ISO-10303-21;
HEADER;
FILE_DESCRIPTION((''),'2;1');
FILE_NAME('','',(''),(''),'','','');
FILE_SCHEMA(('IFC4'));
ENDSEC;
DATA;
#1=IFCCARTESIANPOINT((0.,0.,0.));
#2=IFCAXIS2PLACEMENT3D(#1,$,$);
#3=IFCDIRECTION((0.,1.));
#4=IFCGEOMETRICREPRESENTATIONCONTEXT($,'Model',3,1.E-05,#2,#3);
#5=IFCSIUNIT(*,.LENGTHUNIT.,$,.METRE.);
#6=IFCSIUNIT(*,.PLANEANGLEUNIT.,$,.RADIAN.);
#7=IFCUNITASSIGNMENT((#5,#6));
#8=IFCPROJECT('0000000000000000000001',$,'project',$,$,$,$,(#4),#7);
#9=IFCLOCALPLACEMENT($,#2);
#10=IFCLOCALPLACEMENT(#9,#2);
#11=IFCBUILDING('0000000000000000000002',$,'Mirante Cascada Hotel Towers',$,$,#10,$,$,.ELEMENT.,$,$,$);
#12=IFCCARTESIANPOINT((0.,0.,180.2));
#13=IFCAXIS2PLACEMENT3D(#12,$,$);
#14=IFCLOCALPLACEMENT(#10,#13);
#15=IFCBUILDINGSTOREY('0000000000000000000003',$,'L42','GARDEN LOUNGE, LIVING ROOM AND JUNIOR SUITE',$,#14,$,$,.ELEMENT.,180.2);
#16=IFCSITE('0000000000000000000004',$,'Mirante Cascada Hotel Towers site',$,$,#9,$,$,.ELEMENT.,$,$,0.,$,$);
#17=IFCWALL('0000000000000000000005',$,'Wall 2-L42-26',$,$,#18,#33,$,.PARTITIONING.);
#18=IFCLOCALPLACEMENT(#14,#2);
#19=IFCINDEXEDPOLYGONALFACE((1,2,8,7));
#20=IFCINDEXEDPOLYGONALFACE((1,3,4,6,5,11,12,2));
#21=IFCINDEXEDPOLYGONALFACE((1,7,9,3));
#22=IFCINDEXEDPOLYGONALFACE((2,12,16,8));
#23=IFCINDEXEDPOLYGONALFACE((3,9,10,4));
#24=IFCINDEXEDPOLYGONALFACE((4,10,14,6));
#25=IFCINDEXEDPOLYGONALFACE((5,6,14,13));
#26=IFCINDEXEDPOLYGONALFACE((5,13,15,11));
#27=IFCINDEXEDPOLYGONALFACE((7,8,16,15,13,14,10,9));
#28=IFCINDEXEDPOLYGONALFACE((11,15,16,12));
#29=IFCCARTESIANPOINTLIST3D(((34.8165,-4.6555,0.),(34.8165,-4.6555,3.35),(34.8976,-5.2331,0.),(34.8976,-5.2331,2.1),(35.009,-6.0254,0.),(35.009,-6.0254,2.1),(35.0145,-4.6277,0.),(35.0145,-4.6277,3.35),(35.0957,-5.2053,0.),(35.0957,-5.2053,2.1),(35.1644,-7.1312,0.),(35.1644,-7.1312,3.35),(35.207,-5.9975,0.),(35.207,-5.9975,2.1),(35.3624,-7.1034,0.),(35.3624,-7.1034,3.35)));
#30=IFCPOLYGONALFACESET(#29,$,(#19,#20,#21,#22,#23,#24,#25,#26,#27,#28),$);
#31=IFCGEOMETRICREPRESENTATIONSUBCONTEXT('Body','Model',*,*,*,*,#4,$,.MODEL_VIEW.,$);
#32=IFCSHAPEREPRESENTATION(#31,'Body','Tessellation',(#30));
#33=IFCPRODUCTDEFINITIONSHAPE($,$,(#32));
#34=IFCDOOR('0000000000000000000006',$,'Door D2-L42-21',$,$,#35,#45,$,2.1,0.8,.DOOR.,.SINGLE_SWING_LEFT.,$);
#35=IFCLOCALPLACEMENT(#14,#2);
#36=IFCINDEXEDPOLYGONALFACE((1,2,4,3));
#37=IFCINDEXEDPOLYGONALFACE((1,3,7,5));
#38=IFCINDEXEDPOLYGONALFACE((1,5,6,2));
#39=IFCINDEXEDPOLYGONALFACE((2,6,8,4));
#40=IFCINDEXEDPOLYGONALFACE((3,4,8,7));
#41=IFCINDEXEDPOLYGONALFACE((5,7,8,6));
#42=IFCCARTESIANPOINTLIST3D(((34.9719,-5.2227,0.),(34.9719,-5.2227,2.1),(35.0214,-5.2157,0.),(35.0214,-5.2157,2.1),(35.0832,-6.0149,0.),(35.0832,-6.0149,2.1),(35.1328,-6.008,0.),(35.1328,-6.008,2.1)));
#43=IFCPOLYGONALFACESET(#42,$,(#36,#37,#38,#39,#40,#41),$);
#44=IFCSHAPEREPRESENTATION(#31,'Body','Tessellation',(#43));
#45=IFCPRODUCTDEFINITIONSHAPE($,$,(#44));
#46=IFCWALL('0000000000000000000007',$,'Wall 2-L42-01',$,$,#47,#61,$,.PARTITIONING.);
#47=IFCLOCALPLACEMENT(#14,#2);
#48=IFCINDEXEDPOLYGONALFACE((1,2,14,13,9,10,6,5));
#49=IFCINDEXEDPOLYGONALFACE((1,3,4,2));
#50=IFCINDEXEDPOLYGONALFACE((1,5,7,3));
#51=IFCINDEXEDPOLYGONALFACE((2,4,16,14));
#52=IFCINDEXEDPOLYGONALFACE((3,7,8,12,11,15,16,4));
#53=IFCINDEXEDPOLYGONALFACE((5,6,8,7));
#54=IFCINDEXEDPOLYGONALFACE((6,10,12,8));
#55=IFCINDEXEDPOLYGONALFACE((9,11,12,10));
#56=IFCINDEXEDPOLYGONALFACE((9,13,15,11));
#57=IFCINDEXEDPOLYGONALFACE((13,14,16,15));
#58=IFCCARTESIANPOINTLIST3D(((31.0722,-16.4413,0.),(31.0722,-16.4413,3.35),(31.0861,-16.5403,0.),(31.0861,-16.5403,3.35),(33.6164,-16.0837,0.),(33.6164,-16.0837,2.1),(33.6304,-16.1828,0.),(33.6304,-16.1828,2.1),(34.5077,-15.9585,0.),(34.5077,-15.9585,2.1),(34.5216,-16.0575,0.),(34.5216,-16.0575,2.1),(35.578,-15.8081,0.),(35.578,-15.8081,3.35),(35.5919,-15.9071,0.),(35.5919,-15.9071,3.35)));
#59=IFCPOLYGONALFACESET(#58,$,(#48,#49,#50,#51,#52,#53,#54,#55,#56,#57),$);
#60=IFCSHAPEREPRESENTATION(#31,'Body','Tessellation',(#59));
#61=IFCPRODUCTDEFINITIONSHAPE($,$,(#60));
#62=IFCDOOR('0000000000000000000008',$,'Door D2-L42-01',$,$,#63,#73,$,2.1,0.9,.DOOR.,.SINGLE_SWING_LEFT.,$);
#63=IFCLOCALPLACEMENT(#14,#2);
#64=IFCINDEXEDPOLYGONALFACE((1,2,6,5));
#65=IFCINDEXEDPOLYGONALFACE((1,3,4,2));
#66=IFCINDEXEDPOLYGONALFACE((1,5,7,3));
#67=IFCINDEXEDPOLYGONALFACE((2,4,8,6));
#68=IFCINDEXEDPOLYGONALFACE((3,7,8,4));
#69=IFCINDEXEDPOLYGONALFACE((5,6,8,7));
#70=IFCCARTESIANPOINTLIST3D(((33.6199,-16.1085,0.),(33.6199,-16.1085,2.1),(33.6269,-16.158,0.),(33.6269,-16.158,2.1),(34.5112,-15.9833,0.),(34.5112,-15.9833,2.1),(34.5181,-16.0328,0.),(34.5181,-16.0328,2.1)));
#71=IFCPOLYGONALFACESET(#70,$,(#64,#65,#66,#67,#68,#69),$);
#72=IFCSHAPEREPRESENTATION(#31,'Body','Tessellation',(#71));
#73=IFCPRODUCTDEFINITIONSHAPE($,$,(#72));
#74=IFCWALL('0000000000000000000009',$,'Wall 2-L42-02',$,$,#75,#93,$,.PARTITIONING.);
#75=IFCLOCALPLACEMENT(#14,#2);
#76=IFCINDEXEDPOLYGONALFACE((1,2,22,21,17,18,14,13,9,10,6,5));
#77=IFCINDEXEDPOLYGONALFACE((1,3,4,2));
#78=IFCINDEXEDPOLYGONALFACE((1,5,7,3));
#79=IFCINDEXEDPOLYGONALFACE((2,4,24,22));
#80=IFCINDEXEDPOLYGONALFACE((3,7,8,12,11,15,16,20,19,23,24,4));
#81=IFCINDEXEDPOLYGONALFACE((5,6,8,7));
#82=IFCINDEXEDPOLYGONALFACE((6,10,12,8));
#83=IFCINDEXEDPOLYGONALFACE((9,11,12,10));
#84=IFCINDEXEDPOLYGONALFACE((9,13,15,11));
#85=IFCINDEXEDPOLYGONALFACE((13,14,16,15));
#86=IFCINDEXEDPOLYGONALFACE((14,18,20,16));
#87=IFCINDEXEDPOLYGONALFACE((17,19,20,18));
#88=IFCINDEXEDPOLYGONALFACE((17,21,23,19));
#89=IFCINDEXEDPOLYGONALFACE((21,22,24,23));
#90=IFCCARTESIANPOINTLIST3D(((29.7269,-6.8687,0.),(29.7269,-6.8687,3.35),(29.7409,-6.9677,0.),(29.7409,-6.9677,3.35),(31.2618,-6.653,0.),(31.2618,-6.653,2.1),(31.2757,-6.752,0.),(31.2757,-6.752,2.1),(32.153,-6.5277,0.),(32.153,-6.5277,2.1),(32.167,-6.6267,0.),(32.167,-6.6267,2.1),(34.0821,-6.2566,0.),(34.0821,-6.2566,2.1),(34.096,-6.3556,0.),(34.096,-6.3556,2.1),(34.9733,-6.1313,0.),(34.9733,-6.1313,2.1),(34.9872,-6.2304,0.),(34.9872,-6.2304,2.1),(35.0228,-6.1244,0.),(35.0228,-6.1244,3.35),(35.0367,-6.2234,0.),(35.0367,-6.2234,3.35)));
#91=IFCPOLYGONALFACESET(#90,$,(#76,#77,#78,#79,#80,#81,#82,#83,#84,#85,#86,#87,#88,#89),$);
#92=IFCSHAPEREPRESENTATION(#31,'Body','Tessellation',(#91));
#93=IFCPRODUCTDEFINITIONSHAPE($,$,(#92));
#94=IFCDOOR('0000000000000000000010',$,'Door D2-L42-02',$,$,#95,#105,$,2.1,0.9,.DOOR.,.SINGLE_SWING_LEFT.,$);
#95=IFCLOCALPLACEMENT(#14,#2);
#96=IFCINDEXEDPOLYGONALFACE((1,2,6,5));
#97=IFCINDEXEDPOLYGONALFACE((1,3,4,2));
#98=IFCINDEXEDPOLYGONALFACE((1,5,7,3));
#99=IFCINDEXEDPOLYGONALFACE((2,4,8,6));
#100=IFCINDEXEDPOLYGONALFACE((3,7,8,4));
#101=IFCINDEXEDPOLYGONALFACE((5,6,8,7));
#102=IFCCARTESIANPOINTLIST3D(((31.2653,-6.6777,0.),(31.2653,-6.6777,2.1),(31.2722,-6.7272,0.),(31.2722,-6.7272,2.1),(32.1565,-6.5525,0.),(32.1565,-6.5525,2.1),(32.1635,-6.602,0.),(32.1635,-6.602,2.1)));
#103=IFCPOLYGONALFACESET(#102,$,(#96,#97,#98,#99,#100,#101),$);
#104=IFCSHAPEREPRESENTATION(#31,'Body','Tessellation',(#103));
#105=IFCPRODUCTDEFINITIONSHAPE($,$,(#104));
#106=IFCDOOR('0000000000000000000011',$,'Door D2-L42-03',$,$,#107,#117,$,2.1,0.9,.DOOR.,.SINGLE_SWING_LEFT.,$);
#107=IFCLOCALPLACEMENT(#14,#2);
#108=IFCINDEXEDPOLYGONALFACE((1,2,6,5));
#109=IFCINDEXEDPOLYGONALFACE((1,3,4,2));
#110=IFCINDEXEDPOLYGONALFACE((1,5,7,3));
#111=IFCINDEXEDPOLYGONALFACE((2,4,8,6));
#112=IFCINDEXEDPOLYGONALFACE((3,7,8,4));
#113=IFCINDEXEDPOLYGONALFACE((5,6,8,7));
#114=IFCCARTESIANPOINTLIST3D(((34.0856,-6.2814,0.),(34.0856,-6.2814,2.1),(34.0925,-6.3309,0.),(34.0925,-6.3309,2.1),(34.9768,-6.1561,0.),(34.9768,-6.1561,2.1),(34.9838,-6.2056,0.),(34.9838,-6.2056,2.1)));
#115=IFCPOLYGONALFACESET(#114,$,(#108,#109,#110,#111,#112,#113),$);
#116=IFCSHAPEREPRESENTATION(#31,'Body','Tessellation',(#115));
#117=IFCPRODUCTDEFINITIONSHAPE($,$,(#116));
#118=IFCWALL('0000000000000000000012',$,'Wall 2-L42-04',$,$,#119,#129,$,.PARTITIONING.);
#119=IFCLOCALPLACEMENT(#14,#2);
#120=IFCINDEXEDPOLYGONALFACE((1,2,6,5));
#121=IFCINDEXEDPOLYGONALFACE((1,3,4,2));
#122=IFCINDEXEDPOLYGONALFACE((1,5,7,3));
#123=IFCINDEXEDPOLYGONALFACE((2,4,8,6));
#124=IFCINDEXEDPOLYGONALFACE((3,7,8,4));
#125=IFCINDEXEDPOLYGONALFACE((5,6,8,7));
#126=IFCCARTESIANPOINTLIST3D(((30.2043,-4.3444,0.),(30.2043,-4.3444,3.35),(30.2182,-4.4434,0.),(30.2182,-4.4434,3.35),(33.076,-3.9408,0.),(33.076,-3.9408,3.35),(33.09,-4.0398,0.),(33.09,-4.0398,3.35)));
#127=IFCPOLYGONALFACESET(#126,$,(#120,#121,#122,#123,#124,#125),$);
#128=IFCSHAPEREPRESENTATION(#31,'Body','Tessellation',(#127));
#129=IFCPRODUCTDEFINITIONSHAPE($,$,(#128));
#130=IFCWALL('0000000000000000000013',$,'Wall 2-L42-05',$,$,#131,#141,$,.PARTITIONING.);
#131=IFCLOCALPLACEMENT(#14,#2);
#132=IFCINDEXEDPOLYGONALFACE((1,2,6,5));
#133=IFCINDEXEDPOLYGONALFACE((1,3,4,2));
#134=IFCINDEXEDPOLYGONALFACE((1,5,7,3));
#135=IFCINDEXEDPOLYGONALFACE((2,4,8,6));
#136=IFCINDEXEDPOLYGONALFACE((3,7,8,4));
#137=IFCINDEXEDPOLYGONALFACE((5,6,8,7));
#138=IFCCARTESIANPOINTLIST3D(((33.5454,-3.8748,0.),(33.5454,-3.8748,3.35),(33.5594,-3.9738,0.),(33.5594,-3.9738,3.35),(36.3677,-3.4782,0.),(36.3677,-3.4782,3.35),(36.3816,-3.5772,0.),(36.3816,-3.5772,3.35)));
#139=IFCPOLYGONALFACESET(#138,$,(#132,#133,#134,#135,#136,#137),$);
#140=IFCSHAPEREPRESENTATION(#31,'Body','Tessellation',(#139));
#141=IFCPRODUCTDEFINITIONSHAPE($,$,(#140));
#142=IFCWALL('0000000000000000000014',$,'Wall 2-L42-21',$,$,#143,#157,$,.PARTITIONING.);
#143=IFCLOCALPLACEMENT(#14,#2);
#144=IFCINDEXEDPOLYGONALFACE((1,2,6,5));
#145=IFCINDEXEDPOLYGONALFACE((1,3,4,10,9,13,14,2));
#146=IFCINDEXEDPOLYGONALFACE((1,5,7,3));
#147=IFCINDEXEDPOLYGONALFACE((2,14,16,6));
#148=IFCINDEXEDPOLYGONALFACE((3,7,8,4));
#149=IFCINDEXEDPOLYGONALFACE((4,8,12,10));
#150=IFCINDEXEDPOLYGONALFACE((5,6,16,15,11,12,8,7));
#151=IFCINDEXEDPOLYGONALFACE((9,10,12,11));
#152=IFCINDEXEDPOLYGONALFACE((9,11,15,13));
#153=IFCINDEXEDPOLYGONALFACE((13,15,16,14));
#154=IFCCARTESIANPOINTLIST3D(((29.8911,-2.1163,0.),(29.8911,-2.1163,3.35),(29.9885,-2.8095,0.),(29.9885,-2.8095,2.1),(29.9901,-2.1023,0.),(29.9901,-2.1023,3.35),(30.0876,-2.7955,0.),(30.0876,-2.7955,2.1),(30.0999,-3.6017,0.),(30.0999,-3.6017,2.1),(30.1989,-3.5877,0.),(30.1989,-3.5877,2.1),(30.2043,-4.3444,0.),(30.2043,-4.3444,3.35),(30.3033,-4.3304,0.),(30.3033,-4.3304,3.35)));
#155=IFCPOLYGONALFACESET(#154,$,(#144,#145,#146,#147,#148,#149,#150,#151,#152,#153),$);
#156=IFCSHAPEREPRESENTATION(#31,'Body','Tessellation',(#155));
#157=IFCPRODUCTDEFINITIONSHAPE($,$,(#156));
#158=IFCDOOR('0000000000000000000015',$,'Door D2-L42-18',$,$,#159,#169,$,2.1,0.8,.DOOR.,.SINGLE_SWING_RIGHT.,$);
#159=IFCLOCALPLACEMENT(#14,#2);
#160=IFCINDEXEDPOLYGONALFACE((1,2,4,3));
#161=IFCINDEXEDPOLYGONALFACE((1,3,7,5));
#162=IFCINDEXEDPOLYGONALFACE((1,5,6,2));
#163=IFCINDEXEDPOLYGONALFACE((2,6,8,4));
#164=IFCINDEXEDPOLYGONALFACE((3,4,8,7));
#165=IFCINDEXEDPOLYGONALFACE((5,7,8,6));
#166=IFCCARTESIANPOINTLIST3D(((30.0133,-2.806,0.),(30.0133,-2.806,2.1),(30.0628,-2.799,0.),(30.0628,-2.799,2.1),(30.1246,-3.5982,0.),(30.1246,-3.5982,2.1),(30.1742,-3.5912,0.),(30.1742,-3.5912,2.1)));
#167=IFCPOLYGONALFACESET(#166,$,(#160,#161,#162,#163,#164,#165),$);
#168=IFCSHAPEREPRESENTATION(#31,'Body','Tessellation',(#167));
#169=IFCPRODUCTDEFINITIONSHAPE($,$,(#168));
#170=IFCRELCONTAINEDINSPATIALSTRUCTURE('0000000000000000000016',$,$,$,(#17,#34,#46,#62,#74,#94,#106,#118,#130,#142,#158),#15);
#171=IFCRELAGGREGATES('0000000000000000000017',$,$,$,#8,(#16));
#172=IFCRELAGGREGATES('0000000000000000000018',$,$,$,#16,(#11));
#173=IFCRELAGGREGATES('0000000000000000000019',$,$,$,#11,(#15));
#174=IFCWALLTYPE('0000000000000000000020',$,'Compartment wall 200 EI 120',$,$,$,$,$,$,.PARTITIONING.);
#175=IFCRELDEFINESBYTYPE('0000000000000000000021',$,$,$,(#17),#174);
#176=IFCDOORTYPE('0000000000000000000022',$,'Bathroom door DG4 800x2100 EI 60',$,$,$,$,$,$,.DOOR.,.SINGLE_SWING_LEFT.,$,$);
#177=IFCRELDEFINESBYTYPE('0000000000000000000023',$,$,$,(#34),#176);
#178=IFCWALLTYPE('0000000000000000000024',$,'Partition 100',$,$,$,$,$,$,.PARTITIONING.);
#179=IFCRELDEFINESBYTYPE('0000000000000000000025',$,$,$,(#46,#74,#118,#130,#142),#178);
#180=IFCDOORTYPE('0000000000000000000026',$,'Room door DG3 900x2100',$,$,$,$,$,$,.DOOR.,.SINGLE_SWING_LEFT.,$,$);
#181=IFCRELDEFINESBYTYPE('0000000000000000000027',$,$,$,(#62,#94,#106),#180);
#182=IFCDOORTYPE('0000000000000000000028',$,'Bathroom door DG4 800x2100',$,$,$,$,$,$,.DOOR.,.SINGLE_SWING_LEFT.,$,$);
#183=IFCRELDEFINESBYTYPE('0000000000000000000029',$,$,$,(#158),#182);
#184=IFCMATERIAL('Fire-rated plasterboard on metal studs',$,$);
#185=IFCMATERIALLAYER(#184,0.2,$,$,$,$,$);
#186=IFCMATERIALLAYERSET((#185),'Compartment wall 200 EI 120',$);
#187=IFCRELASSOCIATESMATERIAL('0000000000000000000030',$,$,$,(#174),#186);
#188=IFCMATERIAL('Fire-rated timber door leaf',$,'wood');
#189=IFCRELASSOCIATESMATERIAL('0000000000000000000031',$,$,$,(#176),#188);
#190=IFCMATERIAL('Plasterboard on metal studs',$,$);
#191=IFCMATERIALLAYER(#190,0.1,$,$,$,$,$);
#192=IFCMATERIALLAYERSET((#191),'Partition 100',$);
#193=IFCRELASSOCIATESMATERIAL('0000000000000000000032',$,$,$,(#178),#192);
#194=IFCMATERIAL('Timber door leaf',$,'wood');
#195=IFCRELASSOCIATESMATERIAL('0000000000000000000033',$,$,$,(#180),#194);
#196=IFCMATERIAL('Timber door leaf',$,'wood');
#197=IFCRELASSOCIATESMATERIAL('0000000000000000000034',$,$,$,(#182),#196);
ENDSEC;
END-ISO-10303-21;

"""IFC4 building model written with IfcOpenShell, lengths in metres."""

from ifc_helpers import new_model, si_unit, direction, frame, frame_2d, origin, place, context, subcontext, project, spatial, rectangle, extrude, material, layer, layer_set, type_object, element, fill, save


model = new_model("IFC4")

# Units and contexts
model_context = context("Model", 3, precision=1e-05, world=origin(), true_north=direction((0.0, 1.0)))
body_context = subcontext(model_context, "Body", "Model", "MODEL_VIEW")
ifc_project = project(units=[si_unit("LENGTHUNIT", "METRE"), si_unit("PLANEANGLEUNIT", "RADIAN")], contexts=[model_context])

# Site, building, storey
site_placement = place(None, origin())
site = spatial("IfcSite", under=ifc_project, at=site_placement, Name="Mirante Cascada Hotel Towers site", CompositionType="ELEMENT", RefElevation=0.0)
building_placement = place(site_placement, origin())
building = spatial("IfcBuilding", under=site, at=building_placement, Name="Mirante Cascada Hotel Towers", CompositionType="ELEMENT")
storey_placement = place(building_placement, frame((0.0, 0.0, 180.2)))
storey = spatial("IfcBuildingStorey", under=building, at=storey_placement, Name="L42", Description="GARDEN LOUNGE, LIVING ROOM AND JUNIOR SUITE", CompositionType="ELEMENT", Elevation=180.2)

# Shared definitions
ifc_material_1 = material(Name="Fire-rated plasterboard on metal studs")
ifc_layer_1 = layer(ifc_material_1, 0.2)
ifc_layer_set_1 = layer_set([ifc_layer_1], Name="Compartment wall 200 EI 120")
wall_type_1 = type_object("IfcWallType", Name="Compartment wall 200 EI 120", PredefinedType="PARTITIONING", material=ifc_layer_set_1)

# Walls, openings, doors
wall_1_placement = place(storey_placement, frame((34.9155, -4.6416, 0.0), z_axis=(0.0, 0.0, 1.0), x_axis=(0.139159, -0.99027, 0.0)))
wall_1 = element("IfcWall", 1, at=wall_1_placement, inside=storey, type_object=wall_type_1, Name="Wall 2-L42-26", PredefinedType="PARTITIONING", context=body_context, shape_type="SweptSolid", body=[
    extrude(rectangle(XDim=2.5, YDim=0.2, at=frame_2d((1.25, 0.0))), origin(), (0.0, 0.0, 1.0), 3.35),
])
opening_1_placement = place(wall_1_placement, frame((0.5833, 0.0, 0.0)))
opening_1 = element("IfcOpeningElement", 2, at=opening_1_placement, cuts=wall_1, PredefinedType="OPENING", context=body_context, shape_type="SweptSolid", body=[
    extrude(rectangle(XDim=0.8, YDim=2.1, at=frame_2d((0.4, 1.05))), frame((0.0, 0.1, 0.0), z_axis=(0.0, -1.0, 0.0), x_axis=(1.0, 0.0, 0.0)), (0.0, 0.0, 1.0), 0.2),
])
ifc_material_2 = material(Name="Fire-rated timber door leaf", Category="wood")
door_type_1 = type_object("IfcDoorType", Name="Bathroom door DG4 800x2100 EI 60", OperationType="SINGLE_SWING_LEFT", PredefinedType="DOOR", material=ifc_material_2)
door_1_placement = place(opening_1_placement, origin())
door_1 = element("IfcDoor", 3, at=door_1_placement, inside=storey, type_object=door_type_1, Name="Door D2-L42-21", OperationType="SINGLE_SWING_LEFT", OverallHeight=2.1, OverallWidth=0.8, PredefinedType="DOOR", context=body_context, shape_type="SweptSolid", body=[
    extrude(rectangle(XDim=0.8, YDim=2.1, at=frame_2d((0.4, 1.05))), frame((0.0, 0.025, 0.0), z_axis=(0.0, -1.0, 0.0), x_axis=(1.0, 0.0, 0.0)), (0.0, 0.0, 1.0), 0.05),
])
fill(opening_1, door_1)
ifc_material_3 = material(Name="Plasterboard on metal studs")
ifc_layer_2 = layer(ifc_material_3, 0.1)
ifc_layer_set_2 = layer_set([ifc_layer_2], Name="Partition 100")
wall_type_2 = type_object("IfcWallType", Name="Partition 100", PredefinedType="PARTITIONING", material=ifc_layer_set_2)
wall_2_placement = place(storey_placement, frame((31.0792, -16.4908, 0.0), z_axis=(0.0, 0.0, 1.0), x_axis=(0.99027, 0.139163, 0.0)))
wall_2 = element("IfcWall", 4, at=wall_2_placement, inside=storey, type_object=wall_type_2, Name="Wall 2-L42-01", PredefinedType="PARTITIONING", context=body_context, shape_type="SweptSolid", body=[
    extrude(rectangle(XDim=4.5501, YDim=0.1, at=frame_2d((2.275, 0.0))), origin(), (0.0, 0.0, 1.0), 3.35),
])
opening_2_placement = place(wall_2_placement, frame((2.5692, 0.0, 0.0)))
opening_2 = element("IfcOpeningElement", 5, at=opening_2_placement, cuts=wall_2, PredefinedType="OPENING", context=body_context, shape_type="SweptSolid", body=[
    extrude(rectangle(XDim=0.9, YDim=2.1, at=frame_2d((0.45, 1.05))), frame((0.0, 0.05, 0.0), z_axis=(0.0, -1.0, 0.0), x_axis=(1.0, 0.0, 0.0)), (0.0, 0.0, 1.0), 0.1),
])
ifc_material_4 = material(Name="Timber door leaf", Category="wood")
door_type_2 = type_object("IfcDoorType", Name="Room door DG3 900x2100", OperationType="SINGLE_SWING_LEFT", PredefinedType="DOOR", material=ifc_material_4)
door_2_placement = place(opening_2_placement, origin())
door_2 = element("IfcDoor", 6, at=door_2_placement, inside=storey, type_object=door_type_2, Name="Door D2-L42-01", OperationType="SINGLE_SWING_LEFT", OverallHeight=2.1, OverallWidth=0.9, PredefinedType="DOOR", context=body_context, shape_type="SweptSolid", body=[
    extrude(rectangle(XDim=0.9, YDim=2.1, at=frame_2d((0.45, 1.05))), frame((0.0, 0.025, 0.0), z_axis=(0.0, -1.0, 0.0), x_axis=(1.0, 0.0, 0.0)), (0.0, 0.0, 1.0), 0.05),
])
fill(opening_2, door_2)

# Wall, openings, doors
wall_3_placement = place(storey_placement, frame((35.0298, -6.1739, 0.0), z_axis=(0.0, 0.0, 1.0), x_axis=(-0.990268, -0.139175, 0.0)))
wall_3 = element("IfcWall", 7, at=wall_3_placement, inside=storey, type_object=wall_type_2, Name="Wall 2-L42-02", PredefinedType="PARTITIONING", context=body_context, shape_type="SweptSolid", body=[
    extrude(rectangle(XDim=5.3479, YDim=0.1, at=frame_2d((2.674, 0.0))), origin(), (0.0, 0.0, 1.0), 3.35),
])
opening_3_placement = place(wall_3_placement, frame((2.898, 0.0, 0.0)))
opening_3 = element("IfcOpeningElement", 8, at=opening_3_placement, cuts=wall_3, PredefinedType="OPENING", context=body_context, shape_type="SweptSolid", body=[
    extrude(rectangle(XDim=0.9, YDim=2.1, at=frame_2d((0.45, 1.05))), frame((0.0, 0.05, 0.0), z_axis=(0.0, -1.0, 0.0), x_axis=(1.0, 0.0, 0.0)), (0.0, 0.0, 1.0), 0.1),
])
opening_4_placement = place(wall_3_placement, frame((0.05, 0.0, 0.0)))
opening_4 = element("IfcOpeningElement", 9, at=opening_4_placement, cuts=wall_3, PredefinedType="OPENING", context=body_context, shape_type="SweptSolid", body=[
    extrude(rectangle(XDim=0.9, YDim=2.1, at=frame_2d((0.45, 1.05))), frame((0.0, 0.05, 0.0), z_axis=(0.0, -1.0, 0.0), x_axis=(1.0, 0.0, 0.0)), (0.0, 0.0, 1.0), 0.1),
])
door_3_placement = place(opening_3_placement, origin())
door_3 = element("IfcDoor", 10, at=door_3_placement, inside=storey, type_object=door_type_2, Name="Door D2-L42-02", OperationType="SINGLE_SWING_LEFT", OverallHeight=2.1, OverallWidth=0.9, PredefinedType="DOOR", context=body_context, shape_type="SweptSolid", body=[
    extrude(rectangle(XDim=0.9, YDim=2.1, at=frame_2d((0.45, 1.05))), frame((0.0, 0.025, 0.0), z_axis=(0.0, -1.0, 0.0), x_axis=(1.0, 0.0, 0.0)), (0.0, 0.0, 1.0), 0.05),
])
fill(opening_3, door_3)
door_4_placement = place(opening_4_placement, origin())
door_4 = element("IfcDoor", 11, at=door_4_placement, inside=storey, type_object=door_type_2, Name="Door D2-L42-03", OperationType="SINGLE_SWING_LEFT", OverallHeight=2.1, OverallWidth=0.9, PredefinedType="DOOR", context=body_context, shape_type="SweptSolid", body=[
    extrude(rectangle(XDim=0.9, YDim=2.1, at=frame_2d((0.45, 1.05))), frame((0.0, 0.025, 0.0), z_axis=(0.0, -1.0, 0.0), x_axis=(1.0, 0.0, 0.0)), (0.0, 0.0, 1.0), 0.05),
])
fill(opening_4, door_4)

# Walls
wall_4_placement = place(storey_placement, frame((33.083, -3.9903, 0.0), z_axis=(0.0, 0.0, 1.0), x_axis=(-0.990268, -0.139171, 0.0)))
element("IfcWall", 12, at=wall_4_placement, inside=storey, type_object=wall_type_2, Name="Wall 2-L42-04", PredefinedType="PARTITIONING", context=body_context, shape_type="SweptSolid", body=[
    extrude(rectangle(XDim=2.9, YDim=0.1, at=frame_2d((1.45, 0.0))), origin(), (0.0, 0.0, 1.0), 3.35),
])
wall_5_placement = place(storey_placement, frame((33.5524, -3.9243, 0.0), z_axis=(0.0, 0.0, 1.0), x_axis=(0.99027, 0.139156, 0.0)))
element("IfcWall", 13, at=wall_5_placement, inside=storey, type_object=wall_type_2, Name="Wall 2-L42-05", PredefinedType="PARTITIONING", context=body_context, shape_type="SweptSolid", body=[
    extrude(rectangle(XDim=2.85, YDim=0.1, at=frame_2d((1.425, 0.0))), origin(), (0.0, 0.0, 1.0), 3.35),
])

# Wall, opening, door
wall_6_placement = place(storey_placement, frame((30.2538, -4.3374, 0.0), z_axis=(0.0, 0.0, 1.0), x_axis=(-0.1392, 0.990264, 0.0)))
wall_6 = element("IfcWall", 14, at=wall_6_placement, inside=storey, type_object=wall_type_2, Name="Wall 2-L42-21", PredefinedType="PARTITIONING", context=body_context, shape_type="SweptSolid", body=[
    extrude(rectangle(XDim=2.25, YDim=0.1, at=frame_2d((1.125, 0.0))), origin(), (0.0, 0.0, 1.0), 3.35),
])
opening_5_placement = place(wall_6_placement, frame((0.75, 0.0, 0.0)))
opening_5 = element("IfcOpeningElement", 15, at=opening_5_placement, cuts=wall_6, PredefinedType="OPENING", context=body_context, shape_type="SweptSolid", body=[
    extrude(rectangle(XDim=0.8, YDim=2.1, at=frame_2d((0.4, 1.05))), frame((0.0, 0.05, 0.0), z_axis=(0.0, -1.0, 0.0), x_axis=(1.0, 0.0, 0.0)), (0.0, 0.0, 1.0), 0.1),
])
ifc_material_5 = material(Name="Timber door leaf", Category="wood")
door_type_3 = type_object("IfcDoorType", Name="Bathroom door DG4 800x2100", OperationType="SINGLE_SWING_LEFT", PredefinedType="DOOR", material=ifc_material_5)
door_5_placement = place(opening_5_placement, frame((0.8, 0.0, 0.0), z_axis=(0.0, 0.0, 1.0), x_axis=(-1.0, 0.0, 0.0)))
door_5 = element("IfcDoor", 16, at=door_5_placement, inside=storey, type_object=door_type_3, Name="Door D2-L42-18", OperationType="SINGLE_SWING_RIGHT", OverallHeight=2.1, OverallWidth=0.8, PredefinedType="DOOR", context=body_context, shape_type="SweptSolid", body=[
    extrude(rectangle(XDim=0.8, YDim=2.1, at=frame_2d((0.4, 1.05))), frame((0.0, 0.025, 0.0), z_axis=(0.0, -1.0, 0.0), x_axis=(1.0, 0.0, 0.0)), (0.0, 0.0, 1.0), 0.05),
])
fill(opening_5, door_5)

save(model, "model.ifc")
